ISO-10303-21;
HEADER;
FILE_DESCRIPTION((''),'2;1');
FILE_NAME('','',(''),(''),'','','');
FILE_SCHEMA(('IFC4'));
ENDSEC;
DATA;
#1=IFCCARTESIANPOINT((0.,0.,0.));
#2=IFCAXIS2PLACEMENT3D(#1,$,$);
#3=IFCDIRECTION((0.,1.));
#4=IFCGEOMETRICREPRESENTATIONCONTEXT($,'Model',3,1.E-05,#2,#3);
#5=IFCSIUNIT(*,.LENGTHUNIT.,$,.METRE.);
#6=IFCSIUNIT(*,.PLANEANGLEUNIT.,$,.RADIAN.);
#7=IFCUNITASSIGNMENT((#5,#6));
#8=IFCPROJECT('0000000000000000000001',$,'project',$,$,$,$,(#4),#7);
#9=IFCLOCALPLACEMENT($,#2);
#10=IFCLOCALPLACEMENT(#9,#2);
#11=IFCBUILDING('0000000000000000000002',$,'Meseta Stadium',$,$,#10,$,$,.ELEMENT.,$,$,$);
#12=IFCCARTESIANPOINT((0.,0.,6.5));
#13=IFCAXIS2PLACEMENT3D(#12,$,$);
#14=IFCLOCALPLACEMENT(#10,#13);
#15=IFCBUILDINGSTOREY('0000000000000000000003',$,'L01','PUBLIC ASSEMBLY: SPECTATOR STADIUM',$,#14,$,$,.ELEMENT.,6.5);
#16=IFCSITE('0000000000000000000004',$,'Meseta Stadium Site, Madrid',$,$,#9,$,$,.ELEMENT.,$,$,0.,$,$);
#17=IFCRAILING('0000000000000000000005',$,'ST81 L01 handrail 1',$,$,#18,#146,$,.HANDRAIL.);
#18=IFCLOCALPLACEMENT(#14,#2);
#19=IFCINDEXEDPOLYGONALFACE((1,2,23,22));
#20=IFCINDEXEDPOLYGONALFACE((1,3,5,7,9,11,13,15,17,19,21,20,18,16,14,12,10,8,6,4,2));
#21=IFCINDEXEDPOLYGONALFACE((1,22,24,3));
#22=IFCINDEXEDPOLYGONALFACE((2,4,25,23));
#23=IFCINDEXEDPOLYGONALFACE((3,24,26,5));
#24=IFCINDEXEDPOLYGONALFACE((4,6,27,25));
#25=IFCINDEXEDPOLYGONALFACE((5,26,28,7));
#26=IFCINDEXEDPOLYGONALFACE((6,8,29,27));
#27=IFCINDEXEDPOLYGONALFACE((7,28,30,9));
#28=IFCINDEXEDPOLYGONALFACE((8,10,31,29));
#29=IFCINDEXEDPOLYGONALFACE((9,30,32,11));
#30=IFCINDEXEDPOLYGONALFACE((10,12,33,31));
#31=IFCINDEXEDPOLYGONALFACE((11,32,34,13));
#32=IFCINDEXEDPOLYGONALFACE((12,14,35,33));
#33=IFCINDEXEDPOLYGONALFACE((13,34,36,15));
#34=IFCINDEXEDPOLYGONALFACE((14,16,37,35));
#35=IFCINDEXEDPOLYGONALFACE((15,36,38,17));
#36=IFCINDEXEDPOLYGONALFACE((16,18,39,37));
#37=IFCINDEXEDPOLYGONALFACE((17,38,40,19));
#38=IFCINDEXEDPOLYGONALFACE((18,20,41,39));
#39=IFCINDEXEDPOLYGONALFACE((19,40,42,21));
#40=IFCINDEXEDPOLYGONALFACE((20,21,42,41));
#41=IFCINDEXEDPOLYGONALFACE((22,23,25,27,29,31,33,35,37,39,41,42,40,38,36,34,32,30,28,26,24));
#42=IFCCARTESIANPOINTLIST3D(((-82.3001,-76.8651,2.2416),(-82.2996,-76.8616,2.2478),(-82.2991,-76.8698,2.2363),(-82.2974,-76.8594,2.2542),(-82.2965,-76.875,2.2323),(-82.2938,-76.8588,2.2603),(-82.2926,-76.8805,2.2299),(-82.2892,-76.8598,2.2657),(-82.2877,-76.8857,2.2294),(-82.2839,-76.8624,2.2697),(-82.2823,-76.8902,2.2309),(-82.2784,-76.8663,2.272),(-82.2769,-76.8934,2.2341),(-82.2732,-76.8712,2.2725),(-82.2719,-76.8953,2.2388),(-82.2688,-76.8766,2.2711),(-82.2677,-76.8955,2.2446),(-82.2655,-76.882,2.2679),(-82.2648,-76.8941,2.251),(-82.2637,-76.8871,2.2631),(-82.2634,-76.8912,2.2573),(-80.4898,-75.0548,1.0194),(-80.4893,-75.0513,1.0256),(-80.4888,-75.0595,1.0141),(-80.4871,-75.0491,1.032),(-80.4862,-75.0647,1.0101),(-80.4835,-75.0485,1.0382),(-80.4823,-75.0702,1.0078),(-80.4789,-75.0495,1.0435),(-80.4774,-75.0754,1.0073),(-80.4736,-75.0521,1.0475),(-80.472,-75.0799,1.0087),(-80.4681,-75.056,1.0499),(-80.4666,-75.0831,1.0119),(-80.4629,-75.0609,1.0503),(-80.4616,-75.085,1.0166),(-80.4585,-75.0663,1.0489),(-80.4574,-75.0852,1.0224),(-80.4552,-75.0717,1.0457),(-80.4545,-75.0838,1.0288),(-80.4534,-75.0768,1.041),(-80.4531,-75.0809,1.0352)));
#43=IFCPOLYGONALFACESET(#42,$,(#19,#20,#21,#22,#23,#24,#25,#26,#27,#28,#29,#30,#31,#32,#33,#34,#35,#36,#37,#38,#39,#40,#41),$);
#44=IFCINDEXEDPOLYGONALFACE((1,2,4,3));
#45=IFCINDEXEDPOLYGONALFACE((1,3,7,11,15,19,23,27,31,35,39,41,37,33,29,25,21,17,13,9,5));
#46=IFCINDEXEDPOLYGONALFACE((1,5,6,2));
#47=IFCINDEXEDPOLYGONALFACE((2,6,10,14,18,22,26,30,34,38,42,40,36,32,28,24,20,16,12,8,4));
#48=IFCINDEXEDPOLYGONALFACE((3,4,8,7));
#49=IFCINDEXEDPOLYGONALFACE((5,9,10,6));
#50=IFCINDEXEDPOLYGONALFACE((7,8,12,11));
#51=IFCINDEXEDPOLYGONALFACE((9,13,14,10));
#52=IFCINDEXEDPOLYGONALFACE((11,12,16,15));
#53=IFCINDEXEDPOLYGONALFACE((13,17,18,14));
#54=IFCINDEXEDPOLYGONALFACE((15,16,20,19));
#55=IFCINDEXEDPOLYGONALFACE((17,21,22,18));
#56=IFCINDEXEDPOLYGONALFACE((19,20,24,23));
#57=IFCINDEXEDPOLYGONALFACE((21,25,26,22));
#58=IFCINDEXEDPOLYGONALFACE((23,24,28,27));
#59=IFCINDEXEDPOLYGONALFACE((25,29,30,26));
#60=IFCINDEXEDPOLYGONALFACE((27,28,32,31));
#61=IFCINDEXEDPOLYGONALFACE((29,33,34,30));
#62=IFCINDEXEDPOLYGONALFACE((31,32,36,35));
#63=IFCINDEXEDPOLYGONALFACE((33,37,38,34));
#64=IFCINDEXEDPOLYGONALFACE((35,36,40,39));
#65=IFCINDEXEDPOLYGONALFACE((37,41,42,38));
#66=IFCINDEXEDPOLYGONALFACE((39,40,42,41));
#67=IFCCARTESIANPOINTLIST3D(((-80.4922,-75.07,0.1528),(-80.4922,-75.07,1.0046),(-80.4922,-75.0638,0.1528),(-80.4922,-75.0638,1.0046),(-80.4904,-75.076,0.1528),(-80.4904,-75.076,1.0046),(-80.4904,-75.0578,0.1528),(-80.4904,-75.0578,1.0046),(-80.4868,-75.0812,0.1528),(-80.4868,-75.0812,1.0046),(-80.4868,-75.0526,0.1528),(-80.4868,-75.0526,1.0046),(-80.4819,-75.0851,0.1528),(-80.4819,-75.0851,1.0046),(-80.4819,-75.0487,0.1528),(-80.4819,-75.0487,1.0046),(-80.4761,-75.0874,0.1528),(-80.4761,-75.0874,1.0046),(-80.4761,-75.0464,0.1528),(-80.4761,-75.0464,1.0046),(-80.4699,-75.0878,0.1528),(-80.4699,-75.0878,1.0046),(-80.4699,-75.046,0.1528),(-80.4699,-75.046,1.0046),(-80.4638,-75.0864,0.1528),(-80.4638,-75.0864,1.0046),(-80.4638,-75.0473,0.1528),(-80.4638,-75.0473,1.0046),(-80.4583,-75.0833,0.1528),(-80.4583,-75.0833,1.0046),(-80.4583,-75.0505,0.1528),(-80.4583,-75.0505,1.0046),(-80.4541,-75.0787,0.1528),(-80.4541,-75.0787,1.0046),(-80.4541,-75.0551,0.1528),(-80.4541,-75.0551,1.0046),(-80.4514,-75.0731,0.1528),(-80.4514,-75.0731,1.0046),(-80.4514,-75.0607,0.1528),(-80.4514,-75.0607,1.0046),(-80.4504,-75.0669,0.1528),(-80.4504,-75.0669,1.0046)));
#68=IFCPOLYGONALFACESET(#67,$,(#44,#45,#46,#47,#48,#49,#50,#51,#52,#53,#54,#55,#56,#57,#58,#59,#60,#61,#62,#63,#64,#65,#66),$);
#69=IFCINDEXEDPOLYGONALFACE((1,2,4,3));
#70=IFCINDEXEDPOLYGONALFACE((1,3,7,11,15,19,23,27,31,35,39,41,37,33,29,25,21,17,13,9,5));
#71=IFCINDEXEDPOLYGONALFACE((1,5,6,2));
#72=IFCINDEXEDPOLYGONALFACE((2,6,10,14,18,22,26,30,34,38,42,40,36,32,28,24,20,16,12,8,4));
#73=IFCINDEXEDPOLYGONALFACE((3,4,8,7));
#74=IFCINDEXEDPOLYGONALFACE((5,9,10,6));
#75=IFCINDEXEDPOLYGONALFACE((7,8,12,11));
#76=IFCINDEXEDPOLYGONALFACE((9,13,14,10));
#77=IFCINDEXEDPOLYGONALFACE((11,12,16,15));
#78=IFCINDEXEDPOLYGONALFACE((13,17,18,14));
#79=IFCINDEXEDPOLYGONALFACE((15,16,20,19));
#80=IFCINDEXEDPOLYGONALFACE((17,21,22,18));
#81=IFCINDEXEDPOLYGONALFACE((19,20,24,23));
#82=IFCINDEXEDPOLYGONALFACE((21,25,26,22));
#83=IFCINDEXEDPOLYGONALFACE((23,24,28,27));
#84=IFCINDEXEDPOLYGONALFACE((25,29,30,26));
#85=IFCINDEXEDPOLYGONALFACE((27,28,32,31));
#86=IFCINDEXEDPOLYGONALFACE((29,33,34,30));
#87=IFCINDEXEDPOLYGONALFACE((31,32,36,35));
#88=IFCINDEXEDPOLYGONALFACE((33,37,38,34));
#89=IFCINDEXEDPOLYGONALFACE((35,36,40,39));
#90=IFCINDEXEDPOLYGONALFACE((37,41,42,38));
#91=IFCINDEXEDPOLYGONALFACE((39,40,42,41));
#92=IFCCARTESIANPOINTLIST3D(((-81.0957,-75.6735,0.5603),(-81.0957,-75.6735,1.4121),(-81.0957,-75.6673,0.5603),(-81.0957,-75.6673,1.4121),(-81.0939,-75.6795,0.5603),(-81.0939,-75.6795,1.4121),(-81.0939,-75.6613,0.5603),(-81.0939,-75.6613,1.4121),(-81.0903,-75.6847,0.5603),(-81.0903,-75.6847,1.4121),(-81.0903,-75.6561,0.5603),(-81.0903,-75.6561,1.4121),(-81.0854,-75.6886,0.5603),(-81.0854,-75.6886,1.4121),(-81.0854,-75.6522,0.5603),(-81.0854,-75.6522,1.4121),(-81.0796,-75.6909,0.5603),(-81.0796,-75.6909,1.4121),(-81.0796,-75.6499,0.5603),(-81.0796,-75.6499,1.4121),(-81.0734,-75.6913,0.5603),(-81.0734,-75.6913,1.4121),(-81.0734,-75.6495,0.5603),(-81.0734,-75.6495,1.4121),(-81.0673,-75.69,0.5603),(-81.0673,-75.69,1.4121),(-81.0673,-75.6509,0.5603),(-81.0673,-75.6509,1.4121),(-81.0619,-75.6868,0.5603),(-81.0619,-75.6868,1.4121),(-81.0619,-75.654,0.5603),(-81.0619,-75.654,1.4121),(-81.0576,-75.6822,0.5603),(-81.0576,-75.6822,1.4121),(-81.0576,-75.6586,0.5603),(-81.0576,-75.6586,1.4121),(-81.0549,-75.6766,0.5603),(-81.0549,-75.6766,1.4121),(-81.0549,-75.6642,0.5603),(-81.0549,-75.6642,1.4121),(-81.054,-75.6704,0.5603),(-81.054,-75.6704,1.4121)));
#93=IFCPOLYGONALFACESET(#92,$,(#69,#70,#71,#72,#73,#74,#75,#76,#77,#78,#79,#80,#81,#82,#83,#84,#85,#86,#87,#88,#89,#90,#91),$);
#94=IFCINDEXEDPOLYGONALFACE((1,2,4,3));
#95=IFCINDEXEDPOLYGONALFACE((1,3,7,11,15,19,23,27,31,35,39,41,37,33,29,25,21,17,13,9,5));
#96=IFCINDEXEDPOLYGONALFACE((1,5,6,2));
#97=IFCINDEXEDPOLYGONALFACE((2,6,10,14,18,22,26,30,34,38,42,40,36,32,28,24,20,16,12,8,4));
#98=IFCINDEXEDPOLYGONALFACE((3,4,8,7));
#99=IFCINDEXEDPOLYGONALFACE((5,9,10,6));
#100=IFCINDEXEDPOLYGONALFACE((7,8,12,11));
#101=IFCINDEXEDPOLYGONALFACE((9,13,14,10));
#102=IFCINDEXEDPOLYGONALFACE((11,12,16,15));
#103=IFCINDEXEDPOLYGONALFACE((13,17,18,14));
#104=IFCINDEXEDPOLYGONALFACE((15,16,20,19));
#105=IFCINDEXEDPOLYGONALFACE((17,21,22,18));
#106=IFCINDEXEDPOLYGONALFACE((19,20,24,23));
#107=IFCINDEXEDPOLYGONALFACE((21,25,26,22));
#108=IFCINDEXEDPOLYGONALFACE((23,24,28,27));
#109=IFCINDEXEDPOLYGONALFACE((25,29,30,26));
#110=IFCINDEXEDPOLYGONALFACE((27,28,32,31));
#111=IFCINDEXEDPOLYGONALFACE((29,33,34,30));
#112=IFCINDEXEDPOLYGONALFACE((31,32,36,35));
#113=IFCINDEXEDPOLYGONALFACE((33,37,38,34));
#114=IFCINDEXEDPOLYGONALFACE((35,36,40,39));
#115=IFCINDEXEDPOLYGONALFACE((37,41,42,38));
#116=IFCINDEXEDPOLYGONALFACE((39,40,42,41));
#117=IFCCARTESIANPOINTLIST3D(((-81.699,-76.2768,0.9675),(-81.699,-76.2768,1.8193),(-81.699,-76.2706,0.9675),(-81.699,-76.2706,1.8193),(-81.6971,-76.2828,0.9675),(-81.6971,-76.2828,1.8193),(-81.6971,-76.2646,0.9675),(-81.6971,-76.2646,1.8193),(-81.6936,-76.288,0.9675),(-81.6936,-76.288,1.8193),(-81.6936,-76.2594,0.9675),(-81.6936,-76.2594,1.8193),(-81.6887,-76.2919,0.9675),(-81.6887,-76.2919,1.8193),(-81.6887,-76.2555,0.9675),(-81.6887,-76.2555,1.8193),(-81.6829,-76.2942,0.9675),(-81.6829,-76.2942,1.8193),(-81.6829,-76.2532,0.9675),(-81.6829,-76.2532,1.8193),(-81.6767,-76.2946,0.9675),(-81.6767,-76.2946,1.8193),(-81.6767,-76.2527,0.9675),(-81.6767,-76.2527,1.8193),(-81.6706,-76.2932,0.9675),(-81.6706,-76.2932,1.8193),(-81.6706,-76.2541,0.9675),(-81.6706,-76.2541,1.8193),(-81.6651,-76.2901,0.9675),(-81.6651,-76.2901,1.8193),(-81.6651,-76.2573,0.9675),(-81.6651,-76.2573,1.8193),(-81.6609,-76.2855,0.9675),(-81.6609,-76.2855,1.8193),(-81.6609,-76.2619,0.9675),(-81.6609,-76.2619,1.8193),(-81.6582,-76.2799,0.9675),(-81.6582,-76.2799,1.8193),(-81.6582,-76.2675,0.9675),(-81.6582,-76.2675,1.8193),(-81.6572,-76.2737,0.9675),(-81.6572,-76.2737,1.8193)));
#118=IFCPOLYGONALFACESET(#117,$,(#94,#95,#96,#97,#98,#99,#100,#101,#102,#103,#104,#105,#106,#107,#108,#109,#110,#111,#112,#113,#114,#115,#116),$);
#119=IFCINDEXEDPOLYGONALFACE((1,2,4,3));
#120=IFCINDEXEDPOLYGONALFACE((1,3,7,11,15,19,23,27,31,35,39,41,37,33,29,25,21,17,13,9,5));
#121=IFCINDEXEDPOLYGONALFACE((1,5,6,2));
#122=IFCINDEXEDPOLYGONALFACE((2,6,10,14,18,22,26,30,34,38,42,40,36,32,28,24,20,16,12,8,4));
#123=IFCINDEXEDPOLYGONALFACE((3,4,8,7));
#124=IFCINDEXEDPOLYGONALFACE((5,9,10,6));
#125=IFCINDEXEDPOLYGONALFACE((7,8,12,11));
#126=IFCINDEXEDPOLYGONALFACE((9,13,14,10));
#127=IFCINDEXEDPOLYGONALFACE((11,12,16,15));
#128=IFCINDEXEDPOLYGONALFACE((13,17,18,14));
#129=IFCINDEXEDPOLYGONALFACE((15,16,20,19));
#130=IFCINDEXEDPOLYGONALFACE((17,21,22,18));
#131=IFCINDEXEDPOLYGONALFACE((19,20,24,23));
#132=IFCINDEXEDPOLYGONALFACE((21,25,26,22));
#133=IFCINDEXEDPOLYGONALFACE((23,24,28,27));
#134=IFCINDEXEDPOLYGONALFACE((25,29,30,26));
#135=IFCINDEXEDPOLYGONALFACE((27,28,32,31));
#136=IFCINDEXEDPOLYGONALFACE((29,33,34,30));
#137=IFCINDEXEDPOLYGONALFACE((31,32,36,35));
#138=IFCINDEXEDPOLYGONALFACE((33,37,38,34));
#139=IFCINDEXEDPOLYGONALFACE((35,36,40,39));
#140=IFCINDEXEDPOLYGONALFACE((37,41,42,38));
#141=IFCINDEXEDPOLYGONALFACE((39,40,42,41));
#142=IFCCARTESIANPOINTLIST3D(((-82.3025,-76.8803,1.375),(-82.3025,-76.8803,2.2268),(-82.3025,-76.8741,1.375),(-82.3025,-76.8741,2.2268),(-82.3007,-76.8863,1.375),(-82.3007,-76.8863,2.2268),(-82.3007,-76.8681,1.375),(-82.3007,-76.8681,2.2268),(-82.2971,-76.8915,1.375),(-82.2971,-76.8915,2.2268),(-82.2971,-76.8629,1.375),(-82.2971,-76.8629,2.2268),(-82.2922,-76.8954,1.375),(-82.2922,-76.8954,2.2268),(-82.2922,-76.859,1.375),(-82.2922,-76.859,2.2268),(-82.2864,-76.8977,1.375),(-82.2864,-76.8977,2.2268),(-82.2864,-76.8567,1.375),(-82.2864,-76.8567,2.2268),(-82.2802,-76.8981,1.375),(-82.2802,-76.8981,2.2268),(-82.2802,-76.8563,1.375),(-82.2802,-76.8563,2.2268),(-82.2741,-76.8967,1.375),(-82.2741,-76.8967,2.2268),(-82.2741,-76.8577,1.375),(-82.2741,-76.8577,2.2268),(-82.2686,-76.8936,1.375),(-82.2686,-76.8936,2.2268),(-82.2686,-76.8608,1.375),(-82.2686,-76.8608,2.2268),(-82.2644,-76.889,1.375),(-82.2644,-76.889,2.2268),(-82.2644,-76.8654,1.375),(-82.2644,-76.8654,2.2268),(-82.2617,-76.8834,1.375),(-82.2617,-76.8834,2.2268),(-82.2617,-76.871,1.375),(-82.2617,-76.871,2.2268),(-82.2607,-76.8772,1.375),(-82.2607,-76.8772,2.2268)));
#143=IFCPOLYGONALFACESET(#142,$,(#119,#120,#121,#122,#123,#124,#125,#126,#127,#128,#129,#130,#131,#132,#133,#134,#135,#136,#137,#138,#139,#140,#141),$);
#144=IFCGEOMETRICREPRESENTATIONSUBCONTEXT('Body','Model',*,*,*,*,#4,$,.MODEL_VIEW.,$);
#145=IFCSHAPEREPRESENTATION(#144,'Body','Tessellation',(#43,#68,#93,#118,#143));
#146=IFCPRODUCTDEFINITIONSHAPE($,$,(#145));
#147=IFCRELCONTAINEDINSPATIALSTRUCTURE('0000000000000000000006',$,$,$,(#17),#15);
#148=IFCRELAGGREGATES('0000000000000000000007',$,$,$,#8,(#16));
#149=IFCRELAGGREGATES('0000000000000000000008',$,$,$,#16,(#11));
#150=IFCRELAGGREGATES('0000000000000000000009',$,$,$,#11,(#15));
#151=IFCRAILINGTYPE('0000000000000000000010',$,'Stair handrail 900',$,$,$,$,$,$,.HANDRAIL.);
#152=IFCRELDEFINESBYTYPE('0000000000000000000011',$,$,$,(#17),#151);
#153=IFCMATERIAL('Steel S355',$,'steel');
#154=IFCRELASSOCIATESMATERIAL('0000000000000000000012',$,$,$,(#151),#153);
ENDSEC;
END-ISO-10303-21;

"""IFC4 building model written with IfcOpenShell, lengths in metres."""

from ifc_helpers import new_model, si_unit, direction, frame, origin, origin_2d, place, context, subcontext, project, spatial, circle, extrude, material, type_object, element, save


model = new_model("IFC4")

# Units and contexts
model_context = context("Model", 3, precision=1e-05, world=origin(), true_north=direction((0.0, 1.0)))
body_context = subcontext(model_context, "Body", "Model", "MODEL_VIEW")
ifc_project = project(units=[si_unit("LENGTHUNIT", "METRE"), si_unit("PLANEANGLEUNIT", "RADIAN")], contexts=[model_context])

# Site, building, storey
site_placement = place(None, origin())
site = spatial("IfcSite", under=ifc_project, at=site_placement, Name="Meseta Stadium Site, Madrid", CompositionType="ELEMENT", RefElevation=0.0)
building_placement = place(site_placement, origin())
building = spatial("IfcBuilding", under=site, at=building_placement, Name="Meseta Stadium", CompositionType="ELEMENT")
storey_placement = place(building_placement, frame((0.0, 0.0, 6.5)))
storey = spatial("IfcBuildingStorey", under=building, at=storey_placement, Name="L01", Description="PUBLIC ASSEMBLY: SPECTATOR STADIUM", CompositionType="ELEMENT", Elevation=6.5)

# Railing
ifc_material_1 = material(Name="Steel S355", Category="steel")
railing_type_1 = type_object("IfcRailingType", Name="Stair handrail 900", PredefinedType="HANDRAIL", material=ifc_material_1)
for number, where, name in (
    (1, (-80.4714, -75.0669, 0.1528), "ST81 L01 handrail 1"),
):
    element("IfcRailing", number, at=place(storey_placement, frame(where)), inside=storey, type_object=railing_type_1, Name=name, PredefinedType="HANDRAIL", context=body_context, shape_type="SweptSolid", body=[
        extrude(circle(Radius=0.0239, at=origin_2d()), frame((0.0, 0.0, 0.876), z_axis=(-0.638124, -0.638124, 0.430809), x_axis=(0.707107, -0.707107, 0.0)), (0.0, 0.0, 1.0), 2.8369),
        extrude(circle(Radius=0.021, at=origin_2d()), origin(), (0.0, 0.0, 1.0), 0.8518),
        extrude(circle(Radius=0.021, at=origin_2d()), frame((-0.6035, -0.6035, 0.4075)), (0.0, 0.0, 1.0), 0.8518),
        extrude(circle(Radius=0.021, at=origin_2d()), frame((-1.2068, -1.2068, 0.8147)), (0.0, 0.0, 1.0), 0.8518),
        extrude(circle(Radius=0.021, at=origin_2d()), frame((-1.8103, -1.8103, 1.2222)), (0.0, 0.0, 1.0), 0.8518),
    ])

save(model, "model.ifc")
